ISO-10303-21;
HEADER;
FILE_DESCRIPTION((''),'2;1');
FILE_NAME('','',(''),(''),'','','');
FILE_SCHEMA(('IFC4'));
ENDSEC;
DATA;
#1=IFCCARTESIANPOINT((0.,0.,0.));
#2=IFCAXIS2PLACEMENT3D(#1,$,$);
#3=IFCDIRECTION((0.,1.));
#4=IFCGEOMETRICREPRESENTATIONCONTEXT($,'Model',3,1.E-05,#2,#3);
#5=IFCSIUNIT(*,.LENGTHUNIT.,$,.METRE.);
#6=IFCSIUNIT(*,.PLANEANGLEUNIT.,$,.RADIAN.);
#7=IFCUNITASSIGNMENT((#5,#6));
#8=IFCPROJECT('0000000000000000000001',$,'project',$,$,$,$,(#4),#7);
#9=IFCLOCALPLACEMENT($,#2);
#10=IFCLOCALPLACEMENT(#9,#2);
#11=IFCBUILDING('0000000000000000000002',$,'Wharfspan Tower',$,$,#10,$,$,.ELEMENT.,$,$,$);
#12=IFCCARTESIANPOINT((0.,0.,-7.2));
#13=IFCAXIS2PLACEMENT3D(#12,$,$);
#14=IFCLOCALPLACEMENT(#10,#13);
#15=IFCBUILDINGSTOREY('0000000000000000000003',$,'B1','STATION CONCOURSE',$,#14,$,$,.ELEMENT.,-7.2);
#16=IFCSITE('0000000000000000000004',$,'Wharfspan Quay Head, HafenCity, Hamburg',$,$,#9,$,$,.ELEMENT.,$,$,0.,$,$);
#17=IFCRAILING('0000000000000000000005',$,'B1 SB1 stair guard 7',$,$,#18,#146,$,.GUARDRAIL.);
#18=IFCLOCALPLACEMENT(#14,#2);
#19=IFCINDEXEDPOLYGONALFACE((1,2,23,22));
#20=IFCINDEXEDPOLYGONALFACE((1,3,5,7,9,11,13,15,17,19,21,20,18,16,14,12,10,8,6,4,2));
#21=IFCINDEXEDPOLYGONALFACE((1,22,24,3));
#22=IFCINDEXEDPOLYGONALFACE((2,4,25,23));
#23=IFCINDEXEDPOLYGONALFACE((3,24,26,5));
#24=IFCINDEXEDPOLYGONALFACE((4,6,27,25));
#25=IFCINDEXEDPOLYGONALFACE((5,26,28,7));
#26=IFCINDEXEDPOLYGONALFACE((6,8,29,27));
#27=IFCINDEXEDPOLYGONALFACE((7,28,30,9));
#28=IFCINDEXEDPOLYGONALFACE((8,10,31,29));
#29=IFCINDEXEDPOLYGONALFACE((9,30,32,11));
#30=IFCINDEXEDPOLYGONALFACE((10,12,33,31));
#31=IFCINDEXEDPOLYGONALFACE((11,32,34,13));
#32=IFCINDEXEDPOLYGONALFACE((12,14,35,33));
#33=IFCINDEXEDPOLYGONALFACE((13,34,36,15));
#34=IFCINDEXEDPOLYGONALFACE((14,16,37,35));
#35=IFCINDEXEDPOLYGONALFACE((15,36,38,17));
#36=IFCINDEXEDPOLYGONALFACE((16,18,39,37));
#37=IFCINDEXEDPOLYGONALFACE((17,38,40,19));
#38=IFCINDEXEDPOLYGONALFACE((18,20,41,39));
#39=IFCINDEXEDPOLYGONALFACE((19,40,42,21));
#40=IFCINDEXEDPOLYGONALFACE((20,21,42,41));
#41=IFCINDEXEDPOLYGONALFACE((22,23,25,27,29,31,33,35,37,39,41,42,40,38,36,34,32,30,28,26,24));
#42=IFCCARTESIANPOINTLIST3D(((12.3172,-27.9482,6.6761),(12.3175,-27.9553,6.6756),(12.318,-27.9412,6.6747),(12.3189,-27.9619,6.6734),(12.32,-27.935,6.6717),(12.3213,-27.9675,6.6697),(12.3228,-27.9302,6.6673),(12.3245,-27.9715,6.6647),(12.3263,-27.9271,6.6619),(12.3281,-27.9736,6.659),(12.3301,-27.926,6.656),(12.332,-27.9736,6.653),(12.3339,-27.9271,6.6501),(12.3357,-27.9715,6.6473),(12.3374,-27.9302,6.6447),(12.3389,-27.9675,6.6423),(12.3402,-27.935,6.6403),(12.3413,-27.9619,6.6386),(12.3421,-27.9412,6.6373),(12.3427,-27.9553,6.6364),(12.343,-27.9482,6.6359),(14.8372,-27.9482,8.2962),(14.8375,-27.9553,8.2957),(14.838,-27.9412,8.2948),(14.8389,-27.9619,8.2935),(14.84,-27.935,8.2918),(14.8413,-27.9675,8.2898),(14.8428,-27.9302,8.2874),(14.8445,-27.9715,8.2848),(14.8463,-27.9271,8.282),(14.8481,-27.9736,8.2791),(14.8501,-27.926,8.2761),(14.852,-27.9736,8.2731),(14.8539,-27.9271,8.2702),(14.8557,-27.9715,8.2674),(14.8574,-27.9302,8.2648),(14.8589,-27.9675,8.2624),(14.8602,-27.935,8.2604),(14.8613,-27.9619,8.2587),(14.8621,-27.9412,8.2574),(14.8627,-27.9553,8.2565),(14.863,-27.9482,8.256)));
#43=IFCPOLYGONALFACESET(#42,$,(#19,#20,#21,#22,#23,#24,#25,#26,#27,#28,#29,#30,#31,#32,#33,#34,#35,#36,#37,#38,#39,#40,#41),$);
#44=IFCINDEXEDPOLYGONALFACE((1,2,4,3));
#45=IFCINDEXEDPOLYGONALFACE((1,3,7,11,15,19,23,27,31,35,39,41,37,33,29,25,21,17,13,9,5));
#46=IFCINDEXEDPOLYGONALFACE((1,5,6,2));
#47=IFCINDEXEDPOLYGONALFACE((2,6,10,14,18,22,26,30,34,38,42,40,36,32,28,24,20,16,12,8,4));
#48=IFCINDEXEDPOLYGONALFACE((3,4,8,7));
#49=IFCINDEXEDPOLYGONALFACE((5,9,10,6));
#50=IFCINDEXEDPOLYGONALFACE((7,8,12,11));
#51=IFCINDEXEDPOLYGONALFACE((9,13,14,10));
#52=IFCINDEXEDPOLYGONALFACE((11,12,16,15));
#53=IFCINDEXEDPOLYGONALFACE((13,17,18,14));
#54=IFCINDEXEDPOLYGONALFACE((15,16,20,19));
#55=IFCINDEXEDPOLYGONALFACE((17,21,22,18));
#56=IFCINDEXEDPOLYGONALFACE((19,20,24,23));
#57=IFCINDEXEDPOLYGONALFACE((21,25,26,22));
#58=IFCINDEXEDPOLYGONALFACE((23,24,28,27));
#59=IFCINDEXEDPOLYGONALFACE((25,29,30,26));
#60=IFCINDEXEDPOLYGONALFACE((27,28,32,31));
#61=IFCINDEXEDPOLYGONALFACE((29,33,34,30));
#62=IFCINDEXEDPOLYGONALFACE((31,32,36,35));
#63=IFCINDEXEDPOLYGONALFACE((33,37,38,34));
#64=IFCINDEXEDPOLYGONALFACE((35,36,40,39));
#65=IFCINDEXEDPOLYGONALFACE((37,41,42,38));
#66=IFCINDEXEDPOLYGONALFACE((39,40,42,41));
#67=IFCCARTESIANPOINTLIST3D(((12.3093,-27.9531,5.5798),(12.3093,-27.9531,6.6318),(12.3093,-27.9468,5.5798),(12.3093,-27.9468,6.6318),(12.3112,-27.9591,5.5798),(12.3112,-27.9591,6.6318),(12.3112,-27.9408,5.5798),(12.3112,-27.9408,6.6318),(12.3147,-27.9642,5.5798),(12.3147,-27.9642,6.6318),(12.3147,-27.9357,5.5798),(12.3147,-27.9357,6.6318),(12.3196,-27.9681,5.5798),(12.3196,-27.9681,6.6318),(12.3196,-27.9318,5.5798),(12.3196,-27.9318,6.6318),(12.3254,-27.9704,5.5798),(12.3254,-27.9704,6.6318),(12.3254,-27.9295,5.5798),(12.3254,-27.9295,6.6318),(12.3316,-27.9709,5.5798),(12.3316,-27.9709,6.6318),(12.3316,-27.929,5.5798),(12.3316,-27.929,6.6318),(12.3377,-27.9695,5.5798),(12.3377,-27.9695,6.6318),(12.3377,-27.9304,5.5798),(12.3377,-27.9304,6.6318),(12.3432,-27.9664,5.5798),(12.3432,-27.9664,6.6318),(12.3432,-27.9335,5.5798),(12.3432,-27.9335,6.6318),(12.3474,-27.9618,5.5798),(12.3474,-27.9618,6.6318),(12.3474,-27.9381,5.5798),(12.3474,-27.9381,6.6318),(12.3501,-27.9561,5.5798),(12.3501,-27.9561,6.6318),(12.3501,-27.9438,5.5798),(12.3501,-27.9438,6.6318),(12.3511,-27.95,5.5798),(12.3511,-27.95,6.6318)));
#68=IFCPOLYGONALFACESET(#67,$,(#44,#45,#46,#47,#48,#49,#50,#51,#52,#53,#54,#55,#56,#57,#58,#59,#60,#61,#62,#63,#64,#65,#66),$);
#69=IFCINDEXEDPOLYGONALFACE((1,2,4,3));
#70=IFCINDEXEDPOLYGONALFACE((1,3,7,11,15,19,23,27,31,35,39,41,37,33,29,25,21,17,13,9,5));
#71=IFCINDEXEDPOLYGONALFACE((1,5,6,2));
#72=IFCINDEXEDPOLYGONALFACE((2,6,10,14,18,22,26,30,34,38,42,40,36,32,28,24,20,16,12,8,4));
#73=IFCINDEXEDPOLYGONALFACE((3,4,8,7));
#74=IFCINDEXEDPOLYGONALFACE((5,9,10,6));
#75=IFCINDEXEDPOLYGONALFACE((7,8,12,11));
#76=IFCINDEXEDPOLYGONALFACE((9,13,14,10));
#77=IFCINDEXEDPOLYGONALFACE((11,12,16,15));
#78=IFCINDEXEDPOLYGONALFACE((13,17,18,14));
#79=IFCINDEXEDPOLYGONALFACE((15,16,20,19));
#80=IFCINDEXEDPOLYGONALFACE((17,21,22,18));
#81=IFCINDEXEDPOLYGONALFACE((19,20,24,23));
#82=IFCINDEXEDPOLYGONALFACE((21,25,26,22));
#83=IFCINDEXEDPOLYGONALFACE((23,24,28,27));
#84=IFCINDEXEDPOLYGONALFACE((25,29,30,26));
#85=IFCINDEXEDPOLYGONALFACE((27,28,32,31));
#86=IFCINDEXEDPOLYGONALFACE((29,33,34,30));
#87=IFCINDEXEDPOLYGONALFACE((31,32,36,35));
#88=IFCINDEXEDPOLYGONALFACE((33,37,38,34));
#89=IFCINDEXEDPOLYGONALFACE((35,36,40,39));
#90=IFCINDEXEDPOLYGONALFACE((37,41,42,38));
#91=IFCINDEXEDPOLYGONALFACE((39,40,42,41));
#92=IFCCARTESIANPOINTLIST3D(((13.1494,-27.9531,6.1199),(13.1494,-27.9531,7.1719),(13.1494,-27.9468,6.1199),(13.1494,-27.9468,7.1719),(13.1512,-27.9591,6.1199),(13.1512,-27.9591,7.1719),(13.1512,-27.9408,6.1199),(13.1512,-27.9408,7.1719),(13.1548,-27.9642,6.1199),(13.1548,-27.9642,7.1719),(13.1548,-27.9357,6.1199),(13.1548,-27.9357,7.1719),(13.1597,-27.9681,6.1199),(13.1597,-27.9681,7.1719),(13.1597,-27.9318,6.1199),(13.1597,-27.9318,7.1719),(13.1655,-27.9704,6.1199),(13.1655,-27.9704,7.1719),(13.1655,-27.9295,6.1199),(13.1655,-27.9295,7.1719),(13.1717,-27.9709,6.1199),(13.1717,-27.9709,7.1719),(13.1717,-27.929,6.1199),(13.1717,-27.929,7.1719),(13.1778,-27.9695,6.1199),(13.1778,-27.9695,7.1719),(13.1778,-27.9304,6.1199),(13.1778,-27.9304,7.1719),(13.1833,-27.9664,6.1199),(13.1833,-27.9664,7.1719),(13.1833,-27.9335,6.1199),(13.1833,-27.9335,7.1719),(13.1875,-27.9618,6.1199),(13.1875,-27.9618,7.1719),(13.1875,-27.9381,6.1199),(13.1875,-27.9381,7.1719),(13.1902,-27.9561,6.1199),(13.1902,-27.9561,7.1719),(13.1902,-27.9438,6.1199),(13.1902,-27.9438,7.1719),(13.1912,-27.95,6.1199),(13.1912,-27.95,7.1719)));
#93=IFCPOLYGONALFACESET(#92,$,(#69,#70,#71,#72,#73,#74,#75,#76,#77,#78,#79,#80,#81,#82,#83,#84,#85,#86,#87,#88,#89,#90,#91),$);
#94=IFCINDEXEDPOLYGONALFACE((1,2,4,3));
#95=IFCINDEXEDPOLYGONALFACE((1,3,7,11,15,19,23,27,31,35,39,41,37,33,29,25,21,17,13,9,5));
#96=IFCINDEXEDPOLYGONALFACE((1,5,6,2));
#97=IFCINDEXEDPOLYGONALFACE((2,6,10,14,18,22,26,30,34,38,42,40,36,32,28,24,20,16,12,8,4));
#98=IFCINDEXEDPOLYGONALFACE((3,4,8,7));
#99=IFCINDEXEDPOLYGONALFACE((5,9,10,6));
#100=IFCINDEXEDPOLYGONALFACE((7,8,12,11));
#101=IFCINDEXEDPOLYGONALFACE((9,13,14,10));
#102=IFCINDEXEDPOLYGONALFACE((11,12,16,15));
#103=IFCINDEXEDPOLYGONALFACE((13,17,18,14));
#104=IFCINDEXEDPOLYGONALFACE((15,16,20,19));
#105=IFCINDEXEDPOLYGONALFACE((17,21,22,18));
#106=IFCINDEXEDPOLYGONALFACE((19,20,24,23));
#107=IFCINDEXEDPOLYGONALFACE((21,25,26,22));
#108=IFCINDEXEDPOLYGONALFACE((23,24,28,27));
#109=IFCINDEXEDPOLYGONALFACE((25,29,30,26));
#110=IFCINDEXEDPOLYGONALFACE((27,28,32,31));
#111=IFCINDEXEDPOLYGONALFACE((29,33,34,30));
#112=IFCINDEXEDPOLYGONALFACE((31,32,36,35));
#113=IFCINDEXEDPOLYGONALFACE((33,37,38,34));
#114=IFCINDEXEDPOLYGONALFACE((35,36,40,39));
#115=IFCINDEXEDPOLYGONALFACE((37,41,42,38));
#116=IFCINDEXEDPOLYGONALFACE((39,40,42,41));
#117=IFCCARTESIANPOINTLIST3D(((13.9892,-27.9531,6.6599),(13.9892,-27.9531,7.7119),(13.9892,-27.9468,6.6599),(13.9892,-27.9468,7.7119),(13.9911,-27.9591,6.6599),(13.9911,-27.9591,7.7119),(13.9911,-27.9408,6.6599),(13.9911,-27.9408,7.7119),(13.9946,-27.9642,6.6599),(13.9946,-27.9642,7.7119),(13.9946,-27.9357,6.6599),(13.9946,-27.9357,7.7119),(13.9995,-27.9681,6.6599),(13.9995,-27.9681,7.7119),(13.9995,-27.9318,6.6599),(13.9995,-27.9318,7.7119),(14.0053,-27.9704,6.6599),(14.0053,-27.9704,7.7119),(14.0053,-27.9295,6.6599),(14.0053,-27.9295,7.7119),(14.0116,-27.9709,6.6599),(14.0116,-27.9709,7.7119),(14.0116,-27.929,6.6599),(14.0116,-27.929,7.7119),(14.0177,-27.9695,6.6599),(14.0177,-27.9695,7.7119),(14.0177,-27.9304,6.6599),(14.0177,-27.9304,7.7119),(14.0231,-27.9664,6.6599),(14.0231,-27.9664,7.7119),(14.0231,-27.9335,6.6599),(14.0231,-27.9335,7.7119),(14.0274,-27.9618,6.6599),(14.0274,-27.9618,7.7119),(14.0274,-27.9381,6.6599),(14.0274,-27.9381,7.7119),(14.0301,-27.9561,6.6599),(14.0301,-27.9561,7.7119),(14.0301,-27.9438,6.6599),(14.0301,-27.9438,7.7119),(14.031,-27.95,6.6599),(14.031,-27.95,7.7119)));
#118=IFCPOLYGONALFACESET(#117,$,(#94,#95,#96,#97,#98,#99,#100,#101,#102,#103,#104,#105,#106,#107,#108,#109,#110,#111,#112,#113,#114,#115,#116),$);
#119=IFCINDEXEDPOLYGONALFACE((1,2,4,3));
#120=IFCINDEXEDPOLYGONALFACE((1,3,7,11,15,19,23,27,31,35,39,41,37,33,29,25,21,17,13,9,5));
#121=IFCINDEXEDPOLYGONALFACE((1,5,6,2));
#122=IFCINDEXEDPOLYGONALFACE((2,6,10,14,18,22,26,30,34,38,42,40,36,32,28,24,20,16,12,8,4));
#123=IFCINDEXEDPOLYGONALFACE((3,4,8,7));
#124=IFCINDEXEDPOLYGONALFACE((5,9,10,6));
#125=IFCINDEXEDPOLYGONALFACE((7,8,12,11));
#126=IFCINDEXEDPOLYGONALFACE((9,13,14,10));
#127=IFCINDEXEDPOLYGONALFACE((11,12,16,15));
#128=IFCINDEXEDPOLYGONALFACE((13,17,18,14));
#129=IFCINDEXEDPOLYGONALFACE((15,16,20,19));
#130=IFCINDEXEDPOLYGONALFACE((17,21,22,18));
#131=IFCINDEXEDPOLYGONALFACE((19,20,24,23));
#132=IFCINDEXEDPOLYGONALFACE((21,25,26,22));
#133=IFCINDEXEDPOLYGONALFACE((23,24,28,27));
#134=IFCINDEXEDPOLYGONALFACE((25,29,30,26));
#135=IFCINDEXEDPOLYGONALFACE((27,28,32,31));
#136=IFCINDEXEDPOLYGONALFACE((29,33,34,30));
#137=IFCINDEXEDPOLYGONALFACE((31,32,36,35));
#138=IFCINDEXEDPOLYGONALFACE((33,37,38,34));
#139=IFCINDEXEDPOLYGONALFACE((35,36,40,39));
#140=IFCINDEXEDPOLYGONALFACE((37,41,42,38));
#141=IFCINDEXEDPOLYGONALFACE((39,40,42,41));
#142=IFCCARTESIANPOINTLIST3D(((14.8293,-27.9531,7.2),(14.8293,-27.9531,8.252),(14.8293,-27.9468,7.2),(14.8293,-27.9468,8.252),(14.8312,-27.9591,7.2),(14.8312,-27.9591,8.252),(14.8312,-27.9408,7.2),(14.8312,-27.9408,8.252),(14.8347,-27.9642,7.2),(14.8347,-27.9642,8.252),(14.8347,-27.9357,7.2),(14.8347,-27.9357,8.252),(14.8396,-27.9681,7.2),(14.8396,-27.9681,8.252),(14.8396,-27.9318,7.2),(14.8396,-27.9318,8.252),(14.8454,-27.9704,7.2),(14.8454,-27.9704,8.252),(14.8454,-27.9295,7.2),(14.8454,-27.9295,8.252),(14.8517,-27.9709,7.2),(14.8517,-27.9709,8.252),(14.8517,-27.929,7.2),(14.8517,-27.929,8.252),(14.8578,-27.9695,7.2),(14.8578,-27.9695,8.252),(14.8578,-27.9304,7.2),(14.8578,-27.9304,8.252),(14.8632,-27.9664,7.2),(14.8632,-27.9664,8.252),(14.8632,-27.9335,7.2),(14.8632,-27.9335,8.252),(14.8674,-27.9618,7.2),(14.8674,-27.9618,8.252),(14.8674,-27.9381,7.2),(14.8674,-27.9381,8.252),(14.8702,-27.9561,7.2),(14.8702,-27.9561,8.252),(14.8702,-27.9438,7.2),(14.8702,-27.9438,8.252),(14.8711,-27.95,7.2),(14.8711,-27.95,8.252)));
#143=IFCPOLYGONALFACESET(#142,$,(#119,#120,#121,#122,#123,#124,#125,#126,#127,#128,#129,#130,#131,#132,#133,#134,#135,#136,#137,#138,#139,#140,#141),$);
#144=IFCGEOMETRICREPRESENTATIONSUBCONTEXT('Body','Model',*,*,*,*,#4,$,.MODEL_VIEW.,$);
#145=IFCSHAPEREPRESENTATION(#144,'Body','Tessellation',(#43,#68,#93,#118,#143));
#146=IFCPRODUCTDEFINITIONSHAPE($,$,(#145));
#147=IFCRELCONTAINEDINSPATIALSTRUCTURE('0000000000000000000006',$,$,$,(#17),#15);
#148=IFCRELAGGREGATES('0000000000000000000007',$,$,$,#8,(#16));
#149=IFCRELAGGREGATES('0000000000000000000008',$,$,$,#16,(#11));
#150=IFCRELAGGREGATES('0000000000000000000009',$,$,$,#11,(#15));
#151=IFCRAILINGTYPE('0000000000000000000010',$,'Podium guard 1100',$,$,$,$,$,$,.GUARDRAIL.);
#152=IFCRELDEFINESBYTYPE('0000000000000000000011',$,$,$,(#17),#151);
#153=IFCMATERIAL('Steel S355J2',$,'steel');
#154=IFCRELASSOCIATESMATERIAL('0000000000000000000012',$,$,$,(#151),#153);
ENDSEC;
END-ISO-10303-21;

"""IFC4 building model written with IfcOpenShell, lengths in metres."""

from ifc_helpers import new_model, si_unit, direction, frame, origin, origin_2d, place, context, subcontext, project, spatial, circle, extrude, material, type_object, element, save


model = new_model("IFC4")

# Units and contexts
model_context = context("Model", 3, precision=1e-05, world=origin(), true_north=direction((0.0, 1.0)))
body_context = subcontext(model_context, "Body", "Model", "MODEL_VIEW")
ifc_project = project(units=[si_unit("LENGTHUNIT", "METRE"), si_unit("PLANEANGLEUNIT", "RADIAN")], contexts=[model_context])

# Site, building, storey
site_placement = place(None, origin())
site = spatial("IfcSite", under=ifc_project, at=site_placement, Name="Wharfspan Quay Head, HafenCity, Hamburg", CompositionType="ELEMENT", RefElevation=0.0)
building_placement = place(site_placement, origin())
building = spatial("IfcBuilding", under=site, at=building_placement, Name="Wharfspan Tower", CompositionType="ELEMENT")
storey_placement = place(building_placement, frame((0.0, 0.0, -7.2)))
storey = spatial("IfcBuildingStorey", under=building, at=storey_placement, Name="B1", Description="STATION CONCOURSE", CompositionType="ELEMENT", Elevation=-7.2)

# Railing
ifc_material_1 = material(Name="Steel S355J2", Category="steel")
railing_type_1 = type_object("IfcRailingType", Name="Podium guard 1100", PredefinedType="GUARDRAIL", material=ifc_material_1)
railing_1_placement = place(storey_placement, frame((12.3301, -27.95, 5.5798)))
element("IfcRailing", 1, at=railing_1_placement, inside=storey, type_object=railing_type_1, Name="B1 SB1 stair guard 7", PredefinedType="GUARDRAIL", context=body_context, shape_type="SweptSolid", body=[
    extrude(circle(Radius=0.0239, at=origin_2d()), frame((0.0, 0.0, 1.0762), z_axis=(0.841163, 0.0, 0.540782), x_axis=(0.0, 1.0, 0.0)), (0.0, 0.0, 1.0), 2.9958),
    extrude(circle(Radius=0.021, at=origin_2d()), origin(), (0.0, 0.0, 1.0), 1.052),
    extrude(circle(Radius=0.021, at=origin_2d()), frame((0.8401, 0.0, 0.54)), (0.0, 0.0, 1.0), 1.052),
    extrude(circle(Radius=0.021, at=origin_2d()), frame((1.6799, 0.0, 1.0801)), (0.0, 0.0, 1.0), 1.052),
    extrude(circle(Radius=0.021, at=origin_2d()), frame((2.52, 0.0, 1.6201)), (0.0, 0.0, 1.0), 1.052),
])

save(model, "model.ifc")
